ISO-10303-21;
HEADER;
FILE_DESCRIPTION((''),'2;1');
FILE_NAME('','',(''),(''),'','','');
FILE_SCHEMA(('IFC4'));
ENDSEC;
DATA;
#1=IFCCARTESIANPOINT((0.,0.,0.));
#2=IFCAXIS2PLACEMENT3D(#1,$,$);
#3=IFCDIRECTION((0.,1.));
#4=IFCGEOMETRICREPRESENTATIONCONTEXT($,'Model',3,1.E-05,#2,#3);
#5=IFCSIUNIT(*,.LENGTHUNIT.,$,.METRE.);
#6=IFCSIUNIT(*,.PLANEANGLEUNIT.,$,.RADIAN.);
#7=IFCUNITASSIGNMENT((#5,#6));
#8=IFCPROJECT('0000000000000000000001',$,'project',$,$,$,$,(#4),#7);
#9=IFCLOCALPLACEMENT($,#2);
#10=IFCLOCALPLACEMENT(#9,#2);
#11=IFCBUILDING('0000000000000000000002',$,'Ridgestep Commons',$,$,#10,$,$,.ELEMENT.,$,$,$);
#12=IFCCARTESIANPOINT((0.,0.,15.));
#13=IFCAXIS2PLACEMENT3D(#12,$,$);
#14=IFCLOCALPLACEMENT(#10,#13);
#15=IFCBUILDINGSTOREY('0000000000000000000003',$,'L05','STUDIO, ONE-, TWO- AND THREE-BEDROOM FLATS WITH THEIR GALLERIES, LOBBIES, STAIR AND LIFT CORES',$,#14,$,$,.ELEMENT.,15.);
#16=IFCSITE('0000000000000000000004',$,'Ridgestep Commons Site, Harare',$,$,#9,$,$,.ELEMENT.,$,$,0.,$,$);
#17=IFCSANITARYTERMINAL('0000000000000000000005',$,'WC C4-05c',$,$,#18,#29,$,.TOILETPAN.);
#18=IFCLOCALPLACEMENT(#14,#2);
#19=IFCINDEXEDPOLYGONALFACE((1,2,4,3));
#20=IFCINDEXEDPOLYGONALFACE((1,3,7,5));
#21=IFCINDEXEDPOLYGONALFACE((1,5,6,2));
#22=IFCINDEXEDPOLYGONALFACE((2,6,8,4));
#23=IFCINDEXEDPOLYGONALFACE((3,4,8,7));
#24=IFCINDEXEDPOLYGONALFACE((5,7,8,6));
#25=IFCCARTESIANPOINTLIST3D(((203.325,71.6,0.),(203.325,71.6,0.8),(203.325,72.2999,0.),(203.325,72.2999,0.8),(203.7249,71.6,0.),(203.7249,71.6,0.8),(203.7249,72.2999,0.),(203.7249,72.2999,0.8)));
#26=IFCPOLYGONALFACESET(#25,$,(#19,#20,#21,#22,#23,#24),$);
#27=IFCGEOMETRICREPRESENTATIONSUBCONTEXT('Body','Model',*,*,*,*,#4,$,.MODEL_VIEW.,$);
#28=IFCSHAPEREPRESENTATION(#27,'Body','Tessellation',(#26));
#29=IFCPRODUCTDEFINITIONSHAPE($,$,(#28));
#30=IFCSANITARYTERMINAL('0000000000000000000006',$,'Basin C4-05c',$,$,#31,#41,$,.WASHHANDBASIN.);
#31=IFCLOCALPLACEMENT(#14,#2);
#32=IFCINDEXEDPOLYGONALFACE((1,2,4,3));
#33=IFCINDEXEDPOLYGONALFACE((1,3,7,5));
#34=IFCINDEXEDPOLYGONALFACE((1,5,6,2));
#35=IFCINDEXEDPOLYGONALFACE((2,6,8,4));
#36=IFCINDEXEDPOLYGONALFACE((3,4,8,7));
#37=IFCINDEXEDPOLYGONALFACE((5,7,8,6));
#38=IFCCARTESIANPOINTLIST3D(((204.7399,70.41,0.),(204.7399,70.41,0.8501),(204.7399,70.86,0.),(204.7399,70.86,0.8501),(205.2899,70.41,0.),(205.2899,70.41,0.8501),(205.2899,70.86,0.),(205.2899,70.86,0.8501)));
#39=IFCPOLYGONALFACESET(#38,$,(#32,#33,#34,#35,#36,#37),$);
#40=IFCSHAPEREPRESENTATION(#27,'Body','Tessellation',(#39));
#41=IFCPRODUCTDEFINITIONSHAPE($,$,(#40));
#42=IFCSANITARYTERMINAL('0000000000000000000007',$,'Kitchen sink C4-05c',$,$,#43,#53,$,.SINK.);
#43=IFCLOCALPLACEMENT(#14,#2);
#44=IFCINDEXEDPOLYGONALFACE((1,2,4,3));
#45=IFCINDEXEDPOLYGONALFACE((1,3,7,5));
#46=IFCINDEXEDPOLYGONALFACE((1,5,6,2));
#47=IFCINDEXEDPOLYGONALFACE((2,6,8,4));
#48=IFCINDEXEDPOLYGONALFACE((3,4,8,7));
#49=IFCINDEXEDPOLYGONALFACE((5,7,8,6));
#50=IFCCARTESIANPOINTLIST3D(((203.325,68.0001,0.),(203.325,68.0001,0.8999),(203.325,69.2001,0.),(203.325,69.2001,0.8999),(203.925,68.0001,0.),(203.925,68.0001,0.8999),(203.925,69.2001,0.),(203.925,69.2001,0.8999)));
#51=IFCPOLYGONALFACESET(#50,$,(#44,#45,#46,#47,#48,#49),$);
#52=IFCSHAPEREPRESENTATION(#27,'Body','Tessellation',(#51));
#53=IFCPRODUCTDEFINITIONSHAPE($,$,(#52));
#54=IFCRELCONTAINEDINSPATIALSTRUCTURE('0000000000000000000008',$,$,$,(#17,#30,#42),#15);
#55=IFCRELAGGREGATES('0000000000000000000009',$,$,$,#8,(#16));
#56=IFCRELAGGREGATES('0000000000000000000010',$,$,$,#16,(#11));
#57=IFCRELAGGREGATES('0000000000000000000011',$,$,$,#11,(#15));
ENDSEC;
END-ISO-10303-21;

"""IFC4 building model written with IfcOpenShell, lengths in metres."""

from ifc_helpers import new_model, si_unit, direction, frame, origin, origin_2d, place, context, subcontext, project, spatial, rectangle, extrude, element, save


model = new_model("IFC4")

# Units and contexts
model_context = context("Model", 3, precision=1e-05, world=origin(), true_north=direction((0.0, 1.0)))
body_context = subcontext(model_context, "Body", "Model", "MODEL_VIEW")
ifc_project = project(units=[si_unit("LENGTHUNIT", "METRE"), si_unit("PLANEANGLEUNIT", "RADIAN")], contexts=[model_context])

# Site, building, storey
site_placement = place(None, origin())
site = spatial("IfcSite", under=ifc_project, at=site_placement, Name="Ridgestep Commons Site, Harare", CompositionType="ELEMENT", RefElevation=0.0)
building_placement = place(site_placement, origin())
building = spatial("IfcBuilding", under=site, at=building_placement, Name="Ridgestep Commons", CompositionType="ELEMENT")
storey_placement = place(building_placement, frame((0.0, 0.0, 15.0)))
storey = spatial("IfcBuildingStorey", under=building, at=storey_placement, Name="L05", Description="STUDIO, ONE-, TWO- AND THREE-BEDROOM FLATS WITH THEIR GALLERIES, LOBBIES, STAIR AND LIFT CORES", CompositionType="ELEMENT", Elevation=15.0)

# Sanitary terminals
sanitary_terminal_1_placement = place(storey_placement, frame((203.5249, 71.95, 0.0), z_axis=(0.0, 0.0, 1.0), x_axis=(1.0, 0.0, 0.0)))
element("IfcSanitaryTerminal", 1, at=sanitary_terminal_1_placement, inside=storey, Name="WC C4-05c", PredefinedType="TOILETPAN", context=body_context, shape_type="SweptSolid", body=[
    extrude(rectangle(XDim=0.3999, YDim=0.7, at=origin_2d()), origin(), (0.0, 0.0, 1.0), 0.8),
])
sanitary_terminal_2_placement = place(storey_placement, frame((205.0149, 70.635, 0.0), z_axis=(0.0, 0.0, 1.0), x_axis=(1.0, 0.0, 0.0)))
element("IfcSanitaryTerminal", 2, at=sanitary_terminal_2_placement, inside=storey, Name="Basin C4-05c", PredefinedType="WASHHANDBASIN", context=body_context, shape_type="SweptSolid", body=[
    extrude(rectangle(XDim=0.55, YDim=0.45, at=origin_2d()), origin(), (0.0, 0.0, 1.0), 0.8501),
])
sanitary_terminal_3_placement = place(storey_placement, frame((203.625, 68.6001, 0.0), z_axis=(0.0, 0.0, 1.0), x_axis=(1.0, 0.0, 0.0)))
element("IfcSanitaryTerminal", 3, at=sanitary_terminal_3_placement, inside=storey, Name="Kitchen sink C4-05c", PredefinedType="SINK", context=body_context, shape_type="SweptSolid", body=[
    extrude(rectangle(XDim=0.6001, YDim=1.2, at=origin_2d()), origin(), (0.0, 0.0, 1.0), 0.8999),
])

save(model, "model.ifc")
